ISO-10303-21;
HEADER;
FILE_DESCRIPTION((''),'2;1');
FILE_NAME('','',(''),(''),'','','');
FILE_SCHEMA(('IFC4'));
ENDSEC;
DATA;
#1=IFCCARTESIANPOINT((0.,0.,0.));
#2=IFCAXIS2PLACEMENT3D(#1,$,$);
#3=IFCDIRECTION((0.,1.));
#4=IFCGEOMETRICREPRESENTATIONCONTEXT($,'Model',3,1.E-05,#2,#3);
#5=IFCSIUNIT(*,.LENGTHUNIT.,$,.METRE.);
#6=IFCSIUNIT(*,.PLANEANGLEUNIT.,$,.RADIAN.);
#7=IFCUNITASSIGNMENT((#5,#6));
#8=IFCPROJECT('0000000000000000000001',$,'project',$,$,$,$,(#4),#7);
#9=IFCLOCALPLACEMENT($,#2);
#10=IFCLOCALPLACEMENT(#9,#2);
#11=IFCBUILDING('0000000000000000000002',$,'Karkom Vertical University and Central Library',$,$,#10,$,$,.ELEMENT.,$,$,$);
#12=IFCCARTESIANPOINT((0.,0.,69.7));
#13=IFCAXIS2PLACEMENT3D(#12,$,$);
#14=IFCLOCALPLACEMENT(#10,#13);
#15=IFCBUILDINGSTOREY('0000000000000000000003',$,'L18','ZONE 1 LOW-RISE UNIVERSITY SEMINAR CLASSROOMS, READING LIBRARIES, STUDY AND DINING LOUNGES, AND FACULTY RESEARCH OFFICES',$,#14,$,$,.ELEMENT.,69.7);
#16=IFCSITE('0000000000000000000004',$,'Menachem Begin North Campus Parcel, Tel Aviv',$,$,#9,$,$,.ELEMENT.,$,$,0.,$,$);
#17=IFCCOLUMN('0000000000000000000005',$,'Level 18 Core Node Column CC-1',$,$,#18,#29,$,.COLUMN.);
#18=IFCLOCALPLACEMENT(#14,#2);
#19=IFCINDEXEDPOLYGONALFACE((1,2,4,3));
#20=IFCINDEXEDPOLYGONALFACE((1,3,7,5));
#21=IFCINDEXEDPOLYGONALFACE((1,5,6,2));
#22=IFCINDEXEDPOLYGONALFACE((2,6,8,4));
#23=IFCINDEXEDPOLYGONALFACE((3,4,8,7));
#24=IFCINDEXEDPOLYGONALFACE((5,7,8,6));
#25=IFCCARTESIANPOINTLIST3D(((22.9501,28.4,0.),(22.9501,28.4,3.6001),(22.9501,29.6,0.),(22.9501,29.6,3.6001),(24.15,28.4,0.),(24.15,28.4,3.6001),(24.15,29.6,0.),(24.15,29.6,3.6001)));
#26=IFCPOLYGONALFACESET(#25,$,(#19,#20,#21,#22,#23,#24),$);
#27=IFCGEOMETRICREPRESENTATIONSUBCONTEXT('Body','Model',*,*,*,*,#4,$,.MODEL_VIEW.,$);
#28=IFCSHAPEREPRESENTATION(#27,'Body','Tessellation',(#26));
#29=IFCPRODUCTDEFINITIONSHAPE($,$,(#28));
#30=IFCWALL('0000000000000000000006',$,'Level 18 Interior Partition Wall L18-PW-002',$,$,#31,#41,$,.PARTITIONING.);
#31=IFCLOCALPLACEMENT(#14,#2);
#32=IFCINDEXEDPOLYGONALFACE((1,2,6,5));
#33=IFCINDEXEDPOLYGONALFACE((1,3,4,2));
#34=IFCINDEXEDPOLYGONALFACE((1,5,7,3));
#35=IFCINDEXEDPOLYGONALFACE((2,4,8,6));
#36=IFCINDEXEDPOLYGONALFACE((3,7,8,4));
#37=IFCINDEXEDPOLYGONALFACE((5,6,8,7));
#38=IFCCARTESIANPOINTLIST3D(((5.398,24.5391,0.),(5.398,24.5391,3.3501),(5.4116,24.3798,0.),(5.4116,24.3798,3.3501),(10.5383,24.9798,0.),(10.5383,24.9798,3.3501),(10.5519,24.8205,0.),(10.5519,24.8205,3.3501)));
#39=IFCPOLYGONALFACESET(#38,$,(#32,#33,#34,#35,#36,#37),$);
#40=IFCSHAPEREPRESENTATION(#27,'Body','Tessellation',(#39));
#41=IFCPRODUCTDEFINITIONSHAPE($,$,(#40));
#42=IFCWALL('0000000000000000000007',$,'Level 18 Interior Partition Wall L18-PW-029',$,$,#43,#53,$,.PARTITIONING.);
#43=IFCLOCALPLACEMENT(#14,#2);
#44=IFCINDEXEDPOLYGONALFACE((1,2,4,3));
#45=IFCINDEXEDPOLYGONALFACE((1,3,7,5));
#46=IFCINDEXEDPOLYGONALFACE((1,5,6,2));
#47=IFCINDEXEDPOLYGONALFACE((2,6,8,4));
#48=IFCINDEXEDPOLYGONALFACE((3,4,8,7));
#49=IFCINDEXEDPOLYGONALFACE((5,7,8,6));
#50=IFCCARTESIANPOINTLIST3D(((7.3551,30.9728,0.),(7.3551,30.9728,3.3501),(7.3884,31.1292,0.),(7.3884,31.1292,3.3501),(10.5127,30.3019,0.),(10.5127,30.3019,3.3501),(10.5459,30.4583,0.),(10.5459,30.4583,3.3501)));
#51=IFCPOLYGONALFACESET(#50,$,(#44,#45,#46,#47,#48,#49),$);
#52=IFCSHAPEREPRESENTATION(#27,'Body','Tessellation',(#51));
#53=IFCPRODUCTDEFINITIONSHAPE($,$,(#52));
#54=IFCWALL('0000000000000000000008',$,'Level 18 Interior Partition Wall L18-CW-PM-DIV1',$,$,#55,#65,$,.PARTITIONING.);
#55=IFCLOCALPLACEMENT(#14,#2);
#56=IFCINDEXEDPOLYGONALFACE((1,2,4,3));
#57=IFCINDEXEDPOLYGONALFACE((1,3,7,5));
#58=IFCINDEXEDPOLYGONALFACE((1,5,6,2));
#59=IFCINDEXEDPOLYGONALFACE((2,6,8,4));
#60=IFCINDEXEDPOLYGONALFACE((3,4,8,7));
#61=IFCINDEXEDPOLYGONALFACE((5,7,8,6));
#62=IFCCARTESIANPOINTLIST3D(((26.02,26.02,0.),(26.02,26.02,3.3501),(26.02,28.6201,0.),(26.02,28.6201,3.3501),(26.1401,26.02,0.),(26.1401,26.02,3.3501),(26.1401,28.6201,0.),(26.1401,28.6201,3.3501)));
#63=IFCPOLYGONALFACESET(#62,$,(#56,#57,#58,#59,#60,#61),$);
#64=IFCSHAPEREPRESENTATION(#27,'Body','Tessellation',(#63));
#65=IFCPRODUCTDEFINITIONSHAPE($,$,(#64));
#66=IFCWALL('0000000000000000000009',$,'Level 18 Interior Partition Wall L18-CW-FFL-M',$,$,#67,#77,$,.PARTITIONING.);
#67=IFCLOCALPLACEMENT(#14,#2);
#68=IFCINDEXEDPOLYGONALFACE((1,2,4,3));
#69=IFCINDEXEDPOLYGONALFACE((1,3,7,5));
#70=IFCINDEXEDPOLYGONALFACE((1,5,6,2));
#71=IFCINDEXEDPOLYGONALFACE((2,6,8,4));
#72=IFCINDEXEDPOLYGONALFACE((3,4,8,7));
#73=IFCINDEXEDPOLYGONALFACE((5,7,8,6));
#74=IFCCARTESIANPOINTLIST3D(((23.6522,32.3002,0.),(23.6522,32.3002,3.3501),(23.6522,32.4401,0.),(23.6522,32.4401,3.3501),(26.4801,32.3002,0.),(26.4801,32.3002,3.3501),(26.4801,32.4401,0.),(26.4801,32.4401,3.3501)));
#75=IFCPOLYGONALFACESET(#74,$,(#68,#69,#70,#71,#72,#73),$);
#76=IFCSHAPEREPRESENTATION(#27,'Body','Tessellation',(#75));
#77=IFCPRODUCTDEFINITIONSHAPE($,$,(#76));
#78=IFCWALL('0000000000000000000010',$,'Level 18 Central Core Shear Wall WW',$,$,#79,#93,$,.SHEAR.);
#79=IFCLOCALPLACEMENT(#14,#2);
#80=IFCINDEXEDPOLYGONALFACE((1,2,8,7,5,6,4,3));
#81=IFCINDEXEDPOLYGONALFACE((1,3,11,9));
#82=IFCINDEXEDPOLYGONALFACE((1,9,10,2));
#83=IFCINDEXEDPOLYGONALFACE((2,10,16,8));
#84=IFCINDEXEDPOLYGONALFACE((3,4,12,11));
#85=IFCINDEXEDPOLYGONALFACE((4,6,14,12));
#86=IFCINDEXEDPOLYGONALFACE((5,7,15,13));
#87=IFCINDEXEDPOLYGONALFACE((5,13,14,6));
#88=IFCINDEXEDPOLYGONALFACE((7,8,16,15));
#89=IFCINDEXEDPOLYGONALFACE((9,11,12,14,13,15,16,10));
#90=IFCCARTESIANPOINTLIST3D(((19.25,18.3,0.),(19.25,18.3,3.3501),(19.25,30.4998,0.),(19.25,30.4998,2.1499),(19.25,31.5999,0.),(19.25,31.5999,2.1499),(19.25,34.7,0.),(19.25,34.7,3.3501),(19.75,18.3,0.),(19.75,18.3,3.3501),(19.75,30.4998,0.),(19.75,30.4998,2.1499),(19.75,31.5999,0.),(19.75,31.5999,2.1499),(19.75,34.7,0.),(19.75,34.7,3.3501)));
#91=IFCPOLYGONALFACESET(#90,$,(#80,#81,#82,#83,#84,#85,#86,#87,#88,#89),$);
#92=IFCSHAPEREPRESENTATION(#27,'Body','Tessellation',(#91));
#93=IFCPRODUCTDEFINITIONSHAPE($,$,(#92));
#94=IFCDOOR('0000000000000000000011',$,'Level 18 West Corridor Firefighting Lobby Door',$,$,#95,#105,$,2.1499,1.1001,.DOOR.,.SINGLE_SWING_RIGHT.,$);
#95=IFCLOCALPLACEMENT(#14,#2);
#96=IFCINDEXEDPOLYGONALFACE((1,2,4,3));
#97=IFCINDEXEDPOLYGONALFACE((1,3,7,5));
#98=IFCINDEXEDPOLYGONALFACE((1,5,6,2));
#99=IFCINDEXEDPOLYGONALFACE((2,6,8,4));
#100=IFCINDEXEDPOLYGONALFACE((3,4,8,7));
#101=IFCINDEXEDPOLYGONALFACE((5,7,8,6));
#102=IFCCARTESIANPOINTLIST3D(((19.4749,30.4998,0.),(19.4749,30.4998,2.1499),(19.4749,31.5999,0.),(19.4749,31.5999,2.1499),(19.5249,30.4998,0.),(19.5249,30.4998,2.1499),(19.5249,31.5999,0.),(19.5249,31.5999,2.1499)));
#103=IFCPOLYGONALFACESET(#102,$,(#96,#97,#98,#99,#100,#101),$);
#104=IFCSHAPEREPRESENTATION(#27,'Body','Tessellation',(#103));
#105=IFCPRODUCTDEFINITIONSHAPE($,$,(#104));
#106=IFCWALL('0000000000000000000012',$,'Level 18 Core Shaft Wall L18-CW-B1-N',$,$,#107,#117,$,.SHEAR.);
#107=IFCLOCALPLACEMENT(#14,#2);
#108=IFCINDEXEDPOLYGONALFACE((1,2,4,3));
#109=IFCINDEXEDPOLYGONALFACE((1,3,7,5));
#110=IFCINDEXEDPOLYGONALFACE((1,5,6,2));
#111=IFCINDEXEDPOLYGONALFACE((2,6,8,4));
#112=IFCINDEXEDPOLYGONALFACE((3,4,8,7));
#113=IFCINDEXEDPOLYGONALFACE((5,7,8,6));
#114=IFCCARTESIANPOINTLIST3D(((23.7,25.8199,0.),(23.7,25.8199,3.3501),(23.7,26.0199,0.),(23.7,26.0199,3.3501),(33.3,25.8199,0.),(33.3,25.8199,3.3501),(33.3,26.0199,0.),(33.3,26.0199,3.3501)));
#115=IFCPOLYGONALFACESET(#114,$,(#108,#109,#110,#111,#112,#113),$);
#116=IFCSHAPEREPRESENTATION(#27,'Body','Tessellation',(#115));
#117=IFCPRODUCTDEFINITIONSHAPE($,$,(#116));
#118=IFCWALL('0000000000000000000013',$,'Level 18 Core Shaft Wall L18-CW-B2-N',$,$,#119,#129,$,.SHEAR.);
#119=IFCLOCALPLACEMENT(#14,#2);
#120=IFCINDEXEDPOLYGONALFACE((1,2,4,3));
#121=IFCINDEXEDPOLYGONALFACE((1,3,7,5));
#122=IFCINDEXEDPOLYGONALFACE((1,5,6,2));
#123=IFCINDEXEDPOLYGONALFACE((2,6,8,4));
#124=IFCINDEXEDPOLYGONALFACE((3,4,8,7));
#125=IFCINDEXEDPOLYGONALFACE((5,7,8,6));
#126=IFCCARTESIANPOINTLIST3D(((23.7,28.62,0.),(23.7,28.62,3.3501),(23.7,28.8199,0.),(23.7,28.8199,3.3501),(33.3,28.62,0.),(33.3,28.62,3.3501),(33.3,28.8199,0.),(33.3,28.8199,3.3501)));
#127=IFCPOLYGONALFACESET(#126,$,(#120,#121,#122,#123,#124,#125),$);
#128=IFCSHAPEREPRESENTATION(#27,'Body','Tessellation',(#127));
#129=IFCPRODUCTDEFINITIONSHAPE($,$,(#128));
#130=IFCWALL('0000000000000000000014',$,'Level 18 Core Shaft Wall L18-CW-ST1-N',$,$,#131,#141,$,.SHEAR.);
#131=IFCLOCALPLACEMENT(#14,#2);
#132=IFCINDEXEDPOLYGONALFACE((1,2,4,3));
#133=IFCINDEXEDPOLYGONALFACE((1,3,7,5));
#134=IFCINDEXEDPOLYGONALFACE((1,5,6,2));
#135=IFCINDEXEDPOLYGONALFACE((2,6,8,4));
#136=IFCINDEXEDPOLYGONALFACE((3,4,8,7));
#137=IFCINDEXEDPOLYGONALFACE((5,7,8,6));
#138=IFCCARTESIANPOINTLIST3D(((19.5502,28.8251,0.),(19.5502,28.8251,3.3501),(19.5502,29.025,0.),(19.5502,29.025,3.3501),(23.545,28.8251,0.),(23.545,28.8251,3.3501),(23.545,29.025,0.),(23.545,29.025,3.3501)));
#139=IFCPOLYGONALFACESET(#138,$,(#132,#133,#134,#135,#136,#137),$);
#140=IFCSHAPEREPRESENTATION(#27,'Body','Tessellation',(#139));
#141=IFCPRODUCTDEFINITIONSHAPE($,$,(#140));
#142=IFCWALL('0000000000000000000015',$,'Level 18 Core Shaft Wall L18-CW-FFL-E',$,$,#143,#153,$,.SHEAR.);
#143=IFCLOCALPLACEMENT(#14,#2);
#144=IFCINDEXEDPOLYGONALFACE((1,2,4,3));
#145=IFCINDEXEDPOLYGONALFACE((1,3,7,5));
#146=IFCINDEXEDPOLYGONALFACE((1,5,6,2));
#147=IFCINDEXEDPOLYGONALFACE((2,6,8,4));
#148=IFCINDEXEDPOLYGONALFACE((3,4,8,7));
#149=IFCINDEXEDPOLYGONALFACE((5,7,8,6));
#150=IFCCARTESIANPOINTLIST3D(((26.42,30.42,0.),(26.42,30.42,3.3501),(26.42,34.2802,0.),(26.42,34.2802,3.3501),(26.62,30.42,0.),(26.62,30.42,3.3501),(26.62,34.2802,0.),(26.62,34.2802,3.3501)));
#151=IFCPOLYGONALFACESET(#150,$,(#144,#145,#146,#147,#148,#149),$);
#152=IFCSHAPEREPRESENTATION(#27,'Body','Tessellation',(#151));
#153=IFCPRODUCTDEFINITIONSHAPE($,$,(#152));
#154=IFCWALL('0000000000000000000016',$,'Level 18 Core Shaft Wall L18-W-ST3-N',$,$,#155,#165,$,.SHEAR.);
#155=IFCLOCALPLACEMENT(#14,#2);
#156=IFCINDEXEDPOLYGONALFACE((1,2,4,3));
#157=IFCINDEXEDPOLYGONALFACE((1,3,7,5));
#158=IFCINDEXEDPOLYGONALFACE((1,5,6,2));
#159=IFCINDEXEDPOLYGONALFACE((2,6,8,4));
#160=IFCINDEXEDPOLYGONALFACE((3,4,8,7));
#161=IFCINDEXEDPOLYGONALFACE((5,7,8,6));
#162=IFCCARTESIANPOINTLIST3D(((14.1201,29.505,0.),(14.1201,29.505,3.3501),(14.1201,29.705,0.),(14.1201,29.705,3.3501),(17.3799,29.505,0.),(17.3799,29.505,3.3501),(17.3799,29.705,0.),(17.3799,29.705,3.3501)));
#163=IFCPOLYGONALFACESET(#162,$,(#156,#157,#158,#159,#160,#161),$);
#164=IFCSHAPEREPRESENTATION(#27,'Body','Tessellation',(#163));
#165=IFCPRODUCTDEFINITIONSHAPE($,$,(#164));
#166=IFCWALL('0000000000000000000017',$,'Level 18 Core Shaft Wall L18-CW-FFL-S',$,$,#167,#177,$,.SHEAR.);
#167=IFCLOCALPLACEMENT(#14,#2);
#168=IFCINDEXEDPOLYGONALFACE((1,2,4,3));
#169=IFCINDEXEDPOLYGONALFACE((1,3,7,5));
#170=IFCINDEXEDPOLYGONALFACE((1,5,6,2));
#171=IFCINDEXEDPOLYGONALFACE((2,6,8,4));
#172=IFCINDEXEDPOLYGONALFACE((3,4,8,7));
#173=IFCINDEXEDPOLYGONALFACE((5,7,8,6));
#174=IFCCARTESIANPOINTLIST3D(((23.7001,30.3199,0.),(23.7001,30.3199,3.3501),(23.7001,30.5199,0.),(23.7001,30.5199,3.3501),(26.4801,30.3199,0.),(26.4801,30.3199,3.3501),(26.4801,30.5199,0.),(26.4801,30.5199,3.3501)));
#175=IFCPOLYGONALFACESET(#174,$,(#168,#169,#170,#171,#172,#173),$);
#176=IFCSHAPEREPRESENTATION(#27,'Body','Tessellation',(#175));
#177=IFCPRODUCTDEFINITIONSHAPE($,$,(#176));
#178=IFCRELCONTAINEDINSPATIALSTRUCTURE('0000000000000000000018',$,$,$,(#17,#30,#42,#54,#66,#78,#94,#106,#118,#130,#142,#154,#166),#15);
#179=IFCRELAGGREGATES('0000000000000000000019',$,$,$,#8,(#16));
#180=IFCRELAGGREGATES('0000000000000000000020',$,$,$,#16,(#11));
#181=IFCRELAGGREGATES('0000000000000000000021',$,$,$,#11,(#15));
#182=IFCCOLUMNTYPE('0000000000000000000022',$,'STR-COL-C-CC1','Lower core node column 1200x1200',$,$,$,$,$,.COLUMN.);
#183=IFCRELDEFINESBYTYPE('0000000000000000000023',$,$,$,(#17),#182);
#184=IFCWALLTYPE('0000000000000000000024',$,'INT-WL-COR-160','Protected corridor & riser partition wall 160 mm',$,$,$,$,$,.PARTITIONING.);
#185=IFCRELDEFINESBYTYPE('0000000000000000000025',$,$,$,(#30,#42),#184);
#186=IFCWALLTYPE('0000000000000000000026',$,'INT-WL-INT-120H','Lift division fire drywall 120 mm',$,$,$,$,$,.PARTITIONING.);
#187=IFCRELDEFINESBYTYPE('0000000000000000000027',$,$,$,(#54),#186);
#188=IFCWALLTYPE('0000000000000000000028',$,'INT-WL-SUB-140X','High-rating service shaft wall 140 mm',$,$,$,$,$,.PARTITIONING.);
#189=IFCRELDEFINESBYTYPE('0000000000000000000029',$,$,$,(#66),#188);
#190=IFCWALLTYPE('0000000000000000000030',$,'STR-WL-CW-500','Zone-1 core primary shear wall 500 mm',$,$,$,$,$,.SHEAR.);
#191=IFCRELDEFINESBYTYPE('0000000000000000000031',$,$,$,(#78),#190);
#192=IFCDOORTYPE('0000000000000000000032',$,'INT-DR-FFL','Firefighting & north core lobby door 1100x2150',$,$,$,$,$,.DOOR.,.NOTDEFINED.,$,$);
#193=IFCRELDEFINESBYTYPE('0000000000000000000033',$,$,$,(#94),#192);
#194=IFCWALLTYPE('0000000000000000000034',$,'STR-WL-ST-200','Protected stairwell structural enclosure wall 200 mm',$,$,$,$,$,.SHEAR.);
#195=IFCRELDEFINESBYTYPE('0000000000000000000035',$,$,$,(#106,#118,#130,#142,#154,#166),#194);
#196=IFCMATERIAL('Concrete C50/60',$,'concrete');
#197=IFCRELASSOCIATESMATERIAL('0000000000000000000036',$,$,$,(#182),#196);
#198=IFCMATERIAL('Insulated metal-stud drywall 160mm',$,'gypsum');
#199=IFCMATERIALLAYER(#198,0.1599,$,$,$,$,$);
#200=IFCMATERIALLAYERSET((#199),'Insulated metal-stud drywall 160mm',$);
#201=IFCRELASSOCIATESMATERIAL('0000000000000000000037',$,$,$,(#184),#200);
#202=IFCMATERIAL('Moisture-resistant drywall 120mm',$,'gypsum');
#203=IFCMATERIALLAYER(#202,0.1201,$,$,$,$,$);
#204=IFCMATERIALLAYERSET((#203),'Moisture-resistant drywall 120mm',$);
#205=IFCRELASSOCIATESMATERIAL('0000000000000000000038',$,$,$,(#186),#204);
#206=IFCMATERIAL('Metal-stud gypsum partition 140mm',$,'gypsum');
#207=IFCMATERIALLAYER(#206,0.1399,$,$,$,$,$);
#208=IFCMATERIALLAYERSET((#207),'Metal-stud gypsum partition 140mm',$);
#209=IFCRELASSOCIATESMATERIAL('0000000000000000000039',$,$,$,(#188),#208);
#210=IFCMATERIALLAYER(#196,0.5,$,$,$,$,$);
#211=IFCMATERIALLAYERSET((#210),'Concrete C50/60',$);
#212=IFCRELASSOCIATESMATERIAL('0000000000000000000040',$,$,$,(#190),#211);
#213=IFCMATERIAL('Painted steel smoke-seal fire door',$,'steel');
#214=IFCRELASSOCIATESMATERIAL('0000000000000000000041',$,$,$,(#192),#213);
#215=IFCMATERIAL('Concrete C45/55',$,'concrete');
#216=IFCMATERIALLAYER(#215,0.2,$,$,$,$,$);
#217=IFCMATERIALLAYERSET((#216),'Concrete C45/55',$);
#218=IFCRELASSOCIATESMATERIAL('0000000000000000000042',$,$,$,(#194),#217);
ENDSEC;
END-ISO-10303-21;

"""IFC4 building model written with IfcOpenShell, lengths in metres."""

from ifc_helpers import new_model, si_unit, direction, frame, frame_2d, origin, origin_with_axes, origin_2d, place, context, subcontext, project, spatial, rectangle, extrude, source, transform, mapped, material, layer, layer_set, material_profile, profile_set, type_object, element, fill, save


model = new_model("IFC4")

# Units and contexts
model_context = context("Model", 3, precision=1e-05, world=origin(), true_north=direction((0.0, 1.0)))
body_context = subcontext(model_context, "Body", "Model", "MODEL_VIEW")
ifc_project = project(units=[si_unit("LENGTHUNIT", "METRE"), si_unit("PLANEANGLEUNIT", "RADIAN")], contexts=[model_context])

# Site, building, storey
site_placement = place(None, origin())
site = spatial("IfcSite", under=ifc_project, at=site_placement, Name="Menachem Begin North Campus Parcel, Tel Aviv", CompositionType="ELEMENT", RefElevation=0.0)
building_placement = place(site_placement, origin())
building = spatial("IfcBuilding", under=site, at=building_placement, Name="Karkom Vertical University and Central Library", CompositionType="ELEMENT")
storey_placement = place(building_placement, frame((0.0, 0.0, 69.7)))
storey = spatial("IfcBuildingStorey", under=building, at=storey_placement, Name="L18", Description="ZONE 1 LOW-RISE UNIVERSITY SEMINAR CLASSROOMS, READING LIBRARIES, STUDY AND DINING LOUNGES, AND FACULTY RESEARCH OFFICES", CompositionType="ELEMENT", Elevation=69.7)

# Column
ifc_material_1 = material(Name="Concrete C50/60", Category="concrete")
ifc_material_profile = material_profile(ifc_material_1, rectangle(XDim=1.2, YDim=1.2, at=origin_2d()), Name="RC-1200x1200")
ifc_profile_set = profile_set([ifc_material_profile], Name="Concrete C50/60")
column_type = type_object("IfcColumnType", Name="STR-COL-C-CC1", Description="Lower core node column 1200x1200", PredefinedType="COLUMN", material=ifc_profile_set)
shared_shape_1 = source(origin_with_axes(), body_context, "Body", "SweptSolid", [
    extrude(rectangle(XDim=1.2, YDim=1.2, at=origin_2d()), origin(), (0.0, 0.0, 1.0), 3.6001),
])
column_placement = place(storey_placement, frame((23.55, 29.0, 0.0), z_axis=(0.0, 0.0, 1.0), x_axis=(1.0, 0.0, 0.0)))
element("IfcColumn", 1, at=column_placement, inside=storey, type_object=column_type, Name="Level 18 Core Node Column CC-1", PredefinedType="COLUMN", context=body_context, shape_type="MappedRepresentation", body=[
    mapped(shared_shape_1, transform((0.0, 0.0, 0.0), scale=1.0)),
])

# Walls
ifc_material_2 = material(Name="Insulated metal-stud drywall 160mm", Category="gypsum")
ifc_layer_1 = layer(ifc_material_2, 0.1599)
ifc_layer_set_1 = layer_set([ifc_layer_1], Name="Insulated metal-stud drywall 160mm")
wall_type_1 = type_object("IfcWallType", Name="INT-WL-COR-160", Description="Protected corridor & riser partition wall 160 mm", PredefinedType="PARTITIONING", material=ifc_layer_set_1)
wall_1_placement = place(storey_placement, frame((5.4048, 24.4595, 0.0), z_axis=(0.0, 0.0, 1.0), x_axis=(0.996345, 0.085415, 0.0)))
element("IfcWall", 2, at=wall_1_placement, inside=storey, type_object=wall_type_1, Name="Level 18 Interior Partition Wall L18-PW-002", PredefinedType="PARTITIONING", context=body_context, shape_type="SweptSolid", body=[
    extrude(rectangle(XDim=5.1592, YDim=0.1599, at=frame_2d((2.5796, 0.0))), origin(), (0.0, 0.0, 1.0), 3.3501),
])
wall_2_placement = place(storey_placement, frame((10.5293, 30.3801, 0.0), z_axis=(0.0, 0.0, 1.0), x_axis=(-0.978163, 0.20784, 0.0)))
element("IfcWall", 3, at=wall_2_placement, inside=storey, type_object=wall_type_1, Name="Level 18 Interior Partition Wall L18-PW-029", PredefinedType="PARTITIONING", context=body_context, shape_type="SweptSolid", body=[
    extrude(rectangle(XDim=3.228, YDim=0.1599, at=frame_2d((1.614, 0.0))), origin(), (0.0, 0.0, 1.0), 3.3501),
])
ifc_material_3 = material(Name="Moisture-resistant drywall 120mm", Category="gypsum")
ifc_layer_2 = layer(ifc_material_3, 0.1201)
ifc_layer_set_2 = layer_set([ifc_layer_2], Name="Moisture-resistant drywall 120mm")
wall_type_2 = type_object("IfcWallType", Name="INT-WL-INT-120H", Description="Lift division fire drywall 120 mm", PredefinedType="PARTITIONING", material=ifc_layer_set_2)
wall_3_placement = place(storey_placement, frame((26.0801, 26.02, 0.0), z_axis=(0.0, 0.0, 1.0), x_axis=(0.0, 1.0, 0.0)))
element("IfcWall", 4, at=wall_3_placement, inside=storey, type_object=wall_type_2, Name="Level 18 Interior Partition Wall L18-CW-PM-DIV1", PredefinedType="PARTITIONING", context=body_context, shape_type="SweptSolid", body=[
    extrude(rectangle(XDim=2.6001, YDim=0.1201, at=frame_2d((1.3, 0.0))), origin(), (0.0, 0.0, 1.0), 3.3501),
])
ifc_material_4 = material(Name="Metal-stud gypsum partition 140mm", Category="gypsum")
ifc_layer_3 = layer(ifc_material_4, 0.1399)
ifc_layer_set_3 = layer_set([ifc_layer_3], Name="Metal-stud gypsum partition 140mm")
wall_type_3 = type_object("IfcWallType", Name="INT-WL-SUB-140X", Description="High-rating service shaft wall 140 mm", PredefinedType="PARTITIONING", material=ifc_layer_set_3)
wall_4_placement = place(storey_placement, frame((23.6521, 32.3701, 0.0), z_axis=(0.0, 0.0, 1.0), x_axis=(1.0, 0.0, 0.0)))
element("IfcWall", 5, at=wall_4_placement, inside=storey, type_object=wall_type_3, Name="Level 18 Interior Partition Wall L18-CW-FFL-M", PredefinedType="PARTITIONING", context=body_context, shape_type="SweptSolid", body=[
    extrude(rectangle(XDim=2.8279, YDim=0.1399, at=frame_2d((1.4141, 0.0))), origin(), (0.0, 0.0, 1.0), 3.3501),
])

# Wall, opening, door
ifc_layer_4 = layer(ifc_material_1, 0.5)
ifc_layer_set_4 = layer_set([ifc_layer_4], Name="Concrete C50/60")
wall_type_4 = type_object("IfcWallType", Name="STR-WL-CW-500", Description="Zone-1 core primary shear wall 500 mm", PredefinedType="SHEAR", material=ifc_layer_set_4)
wall_5_placement = place(storey_placement, frame((19.5, 34.7, 0.0), z_axis=(0.0, 0.0, 1.0), x_axis=(0.0, -1.0, 0.0)))
wall_5 = element("IfcWall", 6, at=wall_5_placement, inside=storey, type_object=wall_type_4, Name="Level 18 Central Core Shear Wall WW", PredefinedType="SHEAR", context=body_context, shape_type="SweptSolid", body=[
    extrude(rectangle(XDim=16.3999, YDim=0.5, at=frame_2d((8.2, 0.0))), origin(), (0.0, 0.0, 1.0), 3.3501),
])
opening_placement = place(wall_5_placement, frame((3.1001, 0.0, 0.0)))
opening = element("IfcOpeningElement", 7, at=opening_placement, cuts=wall_5, PredefinedType="OPENING", context=body_context, shape_type="SweptSolid", body=[
    extrude(rectangle(XDim=1.1001, YDim=2.1499, at=frame_2d((0.55, 1.075))), frame((0.0, 0.26, 0.0), z_axis=(0.0, -1.0, 0.0), x_axis=(1.0, 0.0, 0.0)), (0.0, 0.0, 1.0), 0.52),
])
ifc_material_5 = material(Name="Painted steel smoke-seal fire door", Category="steel")
door_type = type_object("IfcDoorType", Name="INT-DR-FFL", Description="Firefighting & north core lobby door 1100x2150", OperationType="NOTDEFINED", PredefinedType="DOOR", material=ifc_material_5)
shared_shape_2 = source(origin_with_axes(), body_context, "Body", "SweptSolid", [
    extrude(rectangle(XDim=1.1001, YDim=2.1499, at=frame_2d((0.55, 1.075))), frame((0.0, 0.0249, 0.0), z_axis=(0.0, -1.0, 0.0), x_axis=(1.0, 0.0, 0.0)), (0.0, 0.0, 1.0), 0.05),
])
door_placement = place(opening_placement, origin())
door = element("IfcDoor", 8, at=door_placement, inside=storey, type_object=door_type, Name="Level 18 West Corridor Firefighting Lobby Door", OperationType="SINGLE_SWING_RIGHT", OverallHeight=2.1499, OverallWidth=1.1001, PredefinedType="DOOR", context=body_context, shape_type="MappedRepresentation", body=[
    mapped(shared_shape_2, transform((0.0, 0.0, 0.0), scale=1.0)),
])
fill(opening, door)

# Walls
ifc_material_6 = material(Name="Concrete C45/55", Category="concrete")
ifc_layer_5 = layer(ifc_material_6, 0.2)
ifc_layer_set_5 = layer_set([ifc_layer_5], Name="Concrete C45/55")
wall_type_5 = type_object("IfcWallType", Name="STR-WL-ST-200", Description="Protected stairwell structural enclosure wall 200 mm", PredefinedType="SHEAR", material=ifc_layer_set_5)
for number, where, z_axis, x_axis, name in (
    (9, (23.7, 25.9199, 0.0), (0.0, 0.0, 1.0), (1.0, 0.0, 0.0), "Level 18 Core Shaft Wall L18-CW-B1-N"),
    (10, (23.7, 28.72, 0.0), (0.0, 0.0, 1.0), (1.0, 0.0, 0.0), "Level 18 Core Shaft Wall L18-CW-B2-N"),
):
    element("IfcWall", number, at=place(storey_placement, frame(where, z_axis=z_axis, x_axis=x_axis)), inside=storey, type_object=wall_type_5, Name=name, PredefinedType="SHEAR", context=body_context, shape_type="SweptSolid", body=[
        extrude(rectangle(XDim=9.6001, YDim=0.2, at=frame_2d((4.8, 0.0))), origin(), (0.0, 0.0, 1.0), 3.3501),
    ])
wall_6_placement = place(storey_placement, frame((19.55, 28.925, 0.0), z_axis=(0.0, 0.0, 1.0), x_axis=(1.0, 0.0, 0.0)))
element("IfcWall", 11, at=wall_6_placement, inside=storey, type_object=wall_type_5, Name="Level 18 Core Shaft Wall L18-CW-ST1-N", PredefinedType="SHEAR", context=body_context, shape_type="SweptSolid", body=[
    extrude(rectangle(XDim=3.9949, YDim=0.2, at=frame_2d((1.9976, 0.0))), origin(), (0.0, 0.0, 1.0), 3.3501),
])
wall_7_placement = place(storey_placement, frame((26.52, 30.4199, 0.0), z_axis=(0.0, 0.0, 1.0), x_axis=(0.0, 1.0, 0.0)))
element("IfcWall", 12, at=wall_7_placement, inside=storey, type_object=wall_type_5, Name="Level 18 Core Shaft Wall L18-CW-FFL-E", PredefinedType="SHEAR", context=body_context, shape_type="SweptSolid", body=[
    extrude(rectangle(XDim=3.8601, YDim=0.2, at=frame_2d((1.9302, 0.0))), origin(), (0.0, 0.0, 1.0), 3.3501),
])
wall_8_placement = place(storey_placement, frame((14.1201, 29.605, 0.0), z_axis=(0.0, 0.0, 1.0), x_axis=(1.0, 0.0, 0.0)))
element("IfcWall", 13, at=wall_8_placement, inside=storey, type_object=wall_type_5, Name="Level 18 Core Shaft Wall L18-W-ST3-N", PredefinedType="SHEAR", context=body_context, shape_type="SweptSolid", body=[
    extrude(rectangle(XDim=3.2598, YDim=0.2, at=frame_2d((1.6299, 0.0))), origin(), (0.0, 0.0, 1.0), 3.3501),
])
wall_9_placement = place(storey_placement, frame((23.7, 30.4199, 0.0), z_axis=(0.0, 0.0, 1.0), x_axis=(1.0, 0.0, 0.0)))
element("IfcWall", 14, at=wall_9_placement, inside=storey, type_object=wall_type_5, Name="Level 18 Core Shaft Wall L18-CW-FFL-S", PredefinedType="SHEAR", context=body_context, shape_type="SweptSolid", body=[
    extrude(rectangle(XDim=2.78, YDim=0.2, at=frame_2d((1.3901, 0.0))), origin(), (0.0, 0.0, 1.0), 3.3501),
])

save(model, "model.ifc")
